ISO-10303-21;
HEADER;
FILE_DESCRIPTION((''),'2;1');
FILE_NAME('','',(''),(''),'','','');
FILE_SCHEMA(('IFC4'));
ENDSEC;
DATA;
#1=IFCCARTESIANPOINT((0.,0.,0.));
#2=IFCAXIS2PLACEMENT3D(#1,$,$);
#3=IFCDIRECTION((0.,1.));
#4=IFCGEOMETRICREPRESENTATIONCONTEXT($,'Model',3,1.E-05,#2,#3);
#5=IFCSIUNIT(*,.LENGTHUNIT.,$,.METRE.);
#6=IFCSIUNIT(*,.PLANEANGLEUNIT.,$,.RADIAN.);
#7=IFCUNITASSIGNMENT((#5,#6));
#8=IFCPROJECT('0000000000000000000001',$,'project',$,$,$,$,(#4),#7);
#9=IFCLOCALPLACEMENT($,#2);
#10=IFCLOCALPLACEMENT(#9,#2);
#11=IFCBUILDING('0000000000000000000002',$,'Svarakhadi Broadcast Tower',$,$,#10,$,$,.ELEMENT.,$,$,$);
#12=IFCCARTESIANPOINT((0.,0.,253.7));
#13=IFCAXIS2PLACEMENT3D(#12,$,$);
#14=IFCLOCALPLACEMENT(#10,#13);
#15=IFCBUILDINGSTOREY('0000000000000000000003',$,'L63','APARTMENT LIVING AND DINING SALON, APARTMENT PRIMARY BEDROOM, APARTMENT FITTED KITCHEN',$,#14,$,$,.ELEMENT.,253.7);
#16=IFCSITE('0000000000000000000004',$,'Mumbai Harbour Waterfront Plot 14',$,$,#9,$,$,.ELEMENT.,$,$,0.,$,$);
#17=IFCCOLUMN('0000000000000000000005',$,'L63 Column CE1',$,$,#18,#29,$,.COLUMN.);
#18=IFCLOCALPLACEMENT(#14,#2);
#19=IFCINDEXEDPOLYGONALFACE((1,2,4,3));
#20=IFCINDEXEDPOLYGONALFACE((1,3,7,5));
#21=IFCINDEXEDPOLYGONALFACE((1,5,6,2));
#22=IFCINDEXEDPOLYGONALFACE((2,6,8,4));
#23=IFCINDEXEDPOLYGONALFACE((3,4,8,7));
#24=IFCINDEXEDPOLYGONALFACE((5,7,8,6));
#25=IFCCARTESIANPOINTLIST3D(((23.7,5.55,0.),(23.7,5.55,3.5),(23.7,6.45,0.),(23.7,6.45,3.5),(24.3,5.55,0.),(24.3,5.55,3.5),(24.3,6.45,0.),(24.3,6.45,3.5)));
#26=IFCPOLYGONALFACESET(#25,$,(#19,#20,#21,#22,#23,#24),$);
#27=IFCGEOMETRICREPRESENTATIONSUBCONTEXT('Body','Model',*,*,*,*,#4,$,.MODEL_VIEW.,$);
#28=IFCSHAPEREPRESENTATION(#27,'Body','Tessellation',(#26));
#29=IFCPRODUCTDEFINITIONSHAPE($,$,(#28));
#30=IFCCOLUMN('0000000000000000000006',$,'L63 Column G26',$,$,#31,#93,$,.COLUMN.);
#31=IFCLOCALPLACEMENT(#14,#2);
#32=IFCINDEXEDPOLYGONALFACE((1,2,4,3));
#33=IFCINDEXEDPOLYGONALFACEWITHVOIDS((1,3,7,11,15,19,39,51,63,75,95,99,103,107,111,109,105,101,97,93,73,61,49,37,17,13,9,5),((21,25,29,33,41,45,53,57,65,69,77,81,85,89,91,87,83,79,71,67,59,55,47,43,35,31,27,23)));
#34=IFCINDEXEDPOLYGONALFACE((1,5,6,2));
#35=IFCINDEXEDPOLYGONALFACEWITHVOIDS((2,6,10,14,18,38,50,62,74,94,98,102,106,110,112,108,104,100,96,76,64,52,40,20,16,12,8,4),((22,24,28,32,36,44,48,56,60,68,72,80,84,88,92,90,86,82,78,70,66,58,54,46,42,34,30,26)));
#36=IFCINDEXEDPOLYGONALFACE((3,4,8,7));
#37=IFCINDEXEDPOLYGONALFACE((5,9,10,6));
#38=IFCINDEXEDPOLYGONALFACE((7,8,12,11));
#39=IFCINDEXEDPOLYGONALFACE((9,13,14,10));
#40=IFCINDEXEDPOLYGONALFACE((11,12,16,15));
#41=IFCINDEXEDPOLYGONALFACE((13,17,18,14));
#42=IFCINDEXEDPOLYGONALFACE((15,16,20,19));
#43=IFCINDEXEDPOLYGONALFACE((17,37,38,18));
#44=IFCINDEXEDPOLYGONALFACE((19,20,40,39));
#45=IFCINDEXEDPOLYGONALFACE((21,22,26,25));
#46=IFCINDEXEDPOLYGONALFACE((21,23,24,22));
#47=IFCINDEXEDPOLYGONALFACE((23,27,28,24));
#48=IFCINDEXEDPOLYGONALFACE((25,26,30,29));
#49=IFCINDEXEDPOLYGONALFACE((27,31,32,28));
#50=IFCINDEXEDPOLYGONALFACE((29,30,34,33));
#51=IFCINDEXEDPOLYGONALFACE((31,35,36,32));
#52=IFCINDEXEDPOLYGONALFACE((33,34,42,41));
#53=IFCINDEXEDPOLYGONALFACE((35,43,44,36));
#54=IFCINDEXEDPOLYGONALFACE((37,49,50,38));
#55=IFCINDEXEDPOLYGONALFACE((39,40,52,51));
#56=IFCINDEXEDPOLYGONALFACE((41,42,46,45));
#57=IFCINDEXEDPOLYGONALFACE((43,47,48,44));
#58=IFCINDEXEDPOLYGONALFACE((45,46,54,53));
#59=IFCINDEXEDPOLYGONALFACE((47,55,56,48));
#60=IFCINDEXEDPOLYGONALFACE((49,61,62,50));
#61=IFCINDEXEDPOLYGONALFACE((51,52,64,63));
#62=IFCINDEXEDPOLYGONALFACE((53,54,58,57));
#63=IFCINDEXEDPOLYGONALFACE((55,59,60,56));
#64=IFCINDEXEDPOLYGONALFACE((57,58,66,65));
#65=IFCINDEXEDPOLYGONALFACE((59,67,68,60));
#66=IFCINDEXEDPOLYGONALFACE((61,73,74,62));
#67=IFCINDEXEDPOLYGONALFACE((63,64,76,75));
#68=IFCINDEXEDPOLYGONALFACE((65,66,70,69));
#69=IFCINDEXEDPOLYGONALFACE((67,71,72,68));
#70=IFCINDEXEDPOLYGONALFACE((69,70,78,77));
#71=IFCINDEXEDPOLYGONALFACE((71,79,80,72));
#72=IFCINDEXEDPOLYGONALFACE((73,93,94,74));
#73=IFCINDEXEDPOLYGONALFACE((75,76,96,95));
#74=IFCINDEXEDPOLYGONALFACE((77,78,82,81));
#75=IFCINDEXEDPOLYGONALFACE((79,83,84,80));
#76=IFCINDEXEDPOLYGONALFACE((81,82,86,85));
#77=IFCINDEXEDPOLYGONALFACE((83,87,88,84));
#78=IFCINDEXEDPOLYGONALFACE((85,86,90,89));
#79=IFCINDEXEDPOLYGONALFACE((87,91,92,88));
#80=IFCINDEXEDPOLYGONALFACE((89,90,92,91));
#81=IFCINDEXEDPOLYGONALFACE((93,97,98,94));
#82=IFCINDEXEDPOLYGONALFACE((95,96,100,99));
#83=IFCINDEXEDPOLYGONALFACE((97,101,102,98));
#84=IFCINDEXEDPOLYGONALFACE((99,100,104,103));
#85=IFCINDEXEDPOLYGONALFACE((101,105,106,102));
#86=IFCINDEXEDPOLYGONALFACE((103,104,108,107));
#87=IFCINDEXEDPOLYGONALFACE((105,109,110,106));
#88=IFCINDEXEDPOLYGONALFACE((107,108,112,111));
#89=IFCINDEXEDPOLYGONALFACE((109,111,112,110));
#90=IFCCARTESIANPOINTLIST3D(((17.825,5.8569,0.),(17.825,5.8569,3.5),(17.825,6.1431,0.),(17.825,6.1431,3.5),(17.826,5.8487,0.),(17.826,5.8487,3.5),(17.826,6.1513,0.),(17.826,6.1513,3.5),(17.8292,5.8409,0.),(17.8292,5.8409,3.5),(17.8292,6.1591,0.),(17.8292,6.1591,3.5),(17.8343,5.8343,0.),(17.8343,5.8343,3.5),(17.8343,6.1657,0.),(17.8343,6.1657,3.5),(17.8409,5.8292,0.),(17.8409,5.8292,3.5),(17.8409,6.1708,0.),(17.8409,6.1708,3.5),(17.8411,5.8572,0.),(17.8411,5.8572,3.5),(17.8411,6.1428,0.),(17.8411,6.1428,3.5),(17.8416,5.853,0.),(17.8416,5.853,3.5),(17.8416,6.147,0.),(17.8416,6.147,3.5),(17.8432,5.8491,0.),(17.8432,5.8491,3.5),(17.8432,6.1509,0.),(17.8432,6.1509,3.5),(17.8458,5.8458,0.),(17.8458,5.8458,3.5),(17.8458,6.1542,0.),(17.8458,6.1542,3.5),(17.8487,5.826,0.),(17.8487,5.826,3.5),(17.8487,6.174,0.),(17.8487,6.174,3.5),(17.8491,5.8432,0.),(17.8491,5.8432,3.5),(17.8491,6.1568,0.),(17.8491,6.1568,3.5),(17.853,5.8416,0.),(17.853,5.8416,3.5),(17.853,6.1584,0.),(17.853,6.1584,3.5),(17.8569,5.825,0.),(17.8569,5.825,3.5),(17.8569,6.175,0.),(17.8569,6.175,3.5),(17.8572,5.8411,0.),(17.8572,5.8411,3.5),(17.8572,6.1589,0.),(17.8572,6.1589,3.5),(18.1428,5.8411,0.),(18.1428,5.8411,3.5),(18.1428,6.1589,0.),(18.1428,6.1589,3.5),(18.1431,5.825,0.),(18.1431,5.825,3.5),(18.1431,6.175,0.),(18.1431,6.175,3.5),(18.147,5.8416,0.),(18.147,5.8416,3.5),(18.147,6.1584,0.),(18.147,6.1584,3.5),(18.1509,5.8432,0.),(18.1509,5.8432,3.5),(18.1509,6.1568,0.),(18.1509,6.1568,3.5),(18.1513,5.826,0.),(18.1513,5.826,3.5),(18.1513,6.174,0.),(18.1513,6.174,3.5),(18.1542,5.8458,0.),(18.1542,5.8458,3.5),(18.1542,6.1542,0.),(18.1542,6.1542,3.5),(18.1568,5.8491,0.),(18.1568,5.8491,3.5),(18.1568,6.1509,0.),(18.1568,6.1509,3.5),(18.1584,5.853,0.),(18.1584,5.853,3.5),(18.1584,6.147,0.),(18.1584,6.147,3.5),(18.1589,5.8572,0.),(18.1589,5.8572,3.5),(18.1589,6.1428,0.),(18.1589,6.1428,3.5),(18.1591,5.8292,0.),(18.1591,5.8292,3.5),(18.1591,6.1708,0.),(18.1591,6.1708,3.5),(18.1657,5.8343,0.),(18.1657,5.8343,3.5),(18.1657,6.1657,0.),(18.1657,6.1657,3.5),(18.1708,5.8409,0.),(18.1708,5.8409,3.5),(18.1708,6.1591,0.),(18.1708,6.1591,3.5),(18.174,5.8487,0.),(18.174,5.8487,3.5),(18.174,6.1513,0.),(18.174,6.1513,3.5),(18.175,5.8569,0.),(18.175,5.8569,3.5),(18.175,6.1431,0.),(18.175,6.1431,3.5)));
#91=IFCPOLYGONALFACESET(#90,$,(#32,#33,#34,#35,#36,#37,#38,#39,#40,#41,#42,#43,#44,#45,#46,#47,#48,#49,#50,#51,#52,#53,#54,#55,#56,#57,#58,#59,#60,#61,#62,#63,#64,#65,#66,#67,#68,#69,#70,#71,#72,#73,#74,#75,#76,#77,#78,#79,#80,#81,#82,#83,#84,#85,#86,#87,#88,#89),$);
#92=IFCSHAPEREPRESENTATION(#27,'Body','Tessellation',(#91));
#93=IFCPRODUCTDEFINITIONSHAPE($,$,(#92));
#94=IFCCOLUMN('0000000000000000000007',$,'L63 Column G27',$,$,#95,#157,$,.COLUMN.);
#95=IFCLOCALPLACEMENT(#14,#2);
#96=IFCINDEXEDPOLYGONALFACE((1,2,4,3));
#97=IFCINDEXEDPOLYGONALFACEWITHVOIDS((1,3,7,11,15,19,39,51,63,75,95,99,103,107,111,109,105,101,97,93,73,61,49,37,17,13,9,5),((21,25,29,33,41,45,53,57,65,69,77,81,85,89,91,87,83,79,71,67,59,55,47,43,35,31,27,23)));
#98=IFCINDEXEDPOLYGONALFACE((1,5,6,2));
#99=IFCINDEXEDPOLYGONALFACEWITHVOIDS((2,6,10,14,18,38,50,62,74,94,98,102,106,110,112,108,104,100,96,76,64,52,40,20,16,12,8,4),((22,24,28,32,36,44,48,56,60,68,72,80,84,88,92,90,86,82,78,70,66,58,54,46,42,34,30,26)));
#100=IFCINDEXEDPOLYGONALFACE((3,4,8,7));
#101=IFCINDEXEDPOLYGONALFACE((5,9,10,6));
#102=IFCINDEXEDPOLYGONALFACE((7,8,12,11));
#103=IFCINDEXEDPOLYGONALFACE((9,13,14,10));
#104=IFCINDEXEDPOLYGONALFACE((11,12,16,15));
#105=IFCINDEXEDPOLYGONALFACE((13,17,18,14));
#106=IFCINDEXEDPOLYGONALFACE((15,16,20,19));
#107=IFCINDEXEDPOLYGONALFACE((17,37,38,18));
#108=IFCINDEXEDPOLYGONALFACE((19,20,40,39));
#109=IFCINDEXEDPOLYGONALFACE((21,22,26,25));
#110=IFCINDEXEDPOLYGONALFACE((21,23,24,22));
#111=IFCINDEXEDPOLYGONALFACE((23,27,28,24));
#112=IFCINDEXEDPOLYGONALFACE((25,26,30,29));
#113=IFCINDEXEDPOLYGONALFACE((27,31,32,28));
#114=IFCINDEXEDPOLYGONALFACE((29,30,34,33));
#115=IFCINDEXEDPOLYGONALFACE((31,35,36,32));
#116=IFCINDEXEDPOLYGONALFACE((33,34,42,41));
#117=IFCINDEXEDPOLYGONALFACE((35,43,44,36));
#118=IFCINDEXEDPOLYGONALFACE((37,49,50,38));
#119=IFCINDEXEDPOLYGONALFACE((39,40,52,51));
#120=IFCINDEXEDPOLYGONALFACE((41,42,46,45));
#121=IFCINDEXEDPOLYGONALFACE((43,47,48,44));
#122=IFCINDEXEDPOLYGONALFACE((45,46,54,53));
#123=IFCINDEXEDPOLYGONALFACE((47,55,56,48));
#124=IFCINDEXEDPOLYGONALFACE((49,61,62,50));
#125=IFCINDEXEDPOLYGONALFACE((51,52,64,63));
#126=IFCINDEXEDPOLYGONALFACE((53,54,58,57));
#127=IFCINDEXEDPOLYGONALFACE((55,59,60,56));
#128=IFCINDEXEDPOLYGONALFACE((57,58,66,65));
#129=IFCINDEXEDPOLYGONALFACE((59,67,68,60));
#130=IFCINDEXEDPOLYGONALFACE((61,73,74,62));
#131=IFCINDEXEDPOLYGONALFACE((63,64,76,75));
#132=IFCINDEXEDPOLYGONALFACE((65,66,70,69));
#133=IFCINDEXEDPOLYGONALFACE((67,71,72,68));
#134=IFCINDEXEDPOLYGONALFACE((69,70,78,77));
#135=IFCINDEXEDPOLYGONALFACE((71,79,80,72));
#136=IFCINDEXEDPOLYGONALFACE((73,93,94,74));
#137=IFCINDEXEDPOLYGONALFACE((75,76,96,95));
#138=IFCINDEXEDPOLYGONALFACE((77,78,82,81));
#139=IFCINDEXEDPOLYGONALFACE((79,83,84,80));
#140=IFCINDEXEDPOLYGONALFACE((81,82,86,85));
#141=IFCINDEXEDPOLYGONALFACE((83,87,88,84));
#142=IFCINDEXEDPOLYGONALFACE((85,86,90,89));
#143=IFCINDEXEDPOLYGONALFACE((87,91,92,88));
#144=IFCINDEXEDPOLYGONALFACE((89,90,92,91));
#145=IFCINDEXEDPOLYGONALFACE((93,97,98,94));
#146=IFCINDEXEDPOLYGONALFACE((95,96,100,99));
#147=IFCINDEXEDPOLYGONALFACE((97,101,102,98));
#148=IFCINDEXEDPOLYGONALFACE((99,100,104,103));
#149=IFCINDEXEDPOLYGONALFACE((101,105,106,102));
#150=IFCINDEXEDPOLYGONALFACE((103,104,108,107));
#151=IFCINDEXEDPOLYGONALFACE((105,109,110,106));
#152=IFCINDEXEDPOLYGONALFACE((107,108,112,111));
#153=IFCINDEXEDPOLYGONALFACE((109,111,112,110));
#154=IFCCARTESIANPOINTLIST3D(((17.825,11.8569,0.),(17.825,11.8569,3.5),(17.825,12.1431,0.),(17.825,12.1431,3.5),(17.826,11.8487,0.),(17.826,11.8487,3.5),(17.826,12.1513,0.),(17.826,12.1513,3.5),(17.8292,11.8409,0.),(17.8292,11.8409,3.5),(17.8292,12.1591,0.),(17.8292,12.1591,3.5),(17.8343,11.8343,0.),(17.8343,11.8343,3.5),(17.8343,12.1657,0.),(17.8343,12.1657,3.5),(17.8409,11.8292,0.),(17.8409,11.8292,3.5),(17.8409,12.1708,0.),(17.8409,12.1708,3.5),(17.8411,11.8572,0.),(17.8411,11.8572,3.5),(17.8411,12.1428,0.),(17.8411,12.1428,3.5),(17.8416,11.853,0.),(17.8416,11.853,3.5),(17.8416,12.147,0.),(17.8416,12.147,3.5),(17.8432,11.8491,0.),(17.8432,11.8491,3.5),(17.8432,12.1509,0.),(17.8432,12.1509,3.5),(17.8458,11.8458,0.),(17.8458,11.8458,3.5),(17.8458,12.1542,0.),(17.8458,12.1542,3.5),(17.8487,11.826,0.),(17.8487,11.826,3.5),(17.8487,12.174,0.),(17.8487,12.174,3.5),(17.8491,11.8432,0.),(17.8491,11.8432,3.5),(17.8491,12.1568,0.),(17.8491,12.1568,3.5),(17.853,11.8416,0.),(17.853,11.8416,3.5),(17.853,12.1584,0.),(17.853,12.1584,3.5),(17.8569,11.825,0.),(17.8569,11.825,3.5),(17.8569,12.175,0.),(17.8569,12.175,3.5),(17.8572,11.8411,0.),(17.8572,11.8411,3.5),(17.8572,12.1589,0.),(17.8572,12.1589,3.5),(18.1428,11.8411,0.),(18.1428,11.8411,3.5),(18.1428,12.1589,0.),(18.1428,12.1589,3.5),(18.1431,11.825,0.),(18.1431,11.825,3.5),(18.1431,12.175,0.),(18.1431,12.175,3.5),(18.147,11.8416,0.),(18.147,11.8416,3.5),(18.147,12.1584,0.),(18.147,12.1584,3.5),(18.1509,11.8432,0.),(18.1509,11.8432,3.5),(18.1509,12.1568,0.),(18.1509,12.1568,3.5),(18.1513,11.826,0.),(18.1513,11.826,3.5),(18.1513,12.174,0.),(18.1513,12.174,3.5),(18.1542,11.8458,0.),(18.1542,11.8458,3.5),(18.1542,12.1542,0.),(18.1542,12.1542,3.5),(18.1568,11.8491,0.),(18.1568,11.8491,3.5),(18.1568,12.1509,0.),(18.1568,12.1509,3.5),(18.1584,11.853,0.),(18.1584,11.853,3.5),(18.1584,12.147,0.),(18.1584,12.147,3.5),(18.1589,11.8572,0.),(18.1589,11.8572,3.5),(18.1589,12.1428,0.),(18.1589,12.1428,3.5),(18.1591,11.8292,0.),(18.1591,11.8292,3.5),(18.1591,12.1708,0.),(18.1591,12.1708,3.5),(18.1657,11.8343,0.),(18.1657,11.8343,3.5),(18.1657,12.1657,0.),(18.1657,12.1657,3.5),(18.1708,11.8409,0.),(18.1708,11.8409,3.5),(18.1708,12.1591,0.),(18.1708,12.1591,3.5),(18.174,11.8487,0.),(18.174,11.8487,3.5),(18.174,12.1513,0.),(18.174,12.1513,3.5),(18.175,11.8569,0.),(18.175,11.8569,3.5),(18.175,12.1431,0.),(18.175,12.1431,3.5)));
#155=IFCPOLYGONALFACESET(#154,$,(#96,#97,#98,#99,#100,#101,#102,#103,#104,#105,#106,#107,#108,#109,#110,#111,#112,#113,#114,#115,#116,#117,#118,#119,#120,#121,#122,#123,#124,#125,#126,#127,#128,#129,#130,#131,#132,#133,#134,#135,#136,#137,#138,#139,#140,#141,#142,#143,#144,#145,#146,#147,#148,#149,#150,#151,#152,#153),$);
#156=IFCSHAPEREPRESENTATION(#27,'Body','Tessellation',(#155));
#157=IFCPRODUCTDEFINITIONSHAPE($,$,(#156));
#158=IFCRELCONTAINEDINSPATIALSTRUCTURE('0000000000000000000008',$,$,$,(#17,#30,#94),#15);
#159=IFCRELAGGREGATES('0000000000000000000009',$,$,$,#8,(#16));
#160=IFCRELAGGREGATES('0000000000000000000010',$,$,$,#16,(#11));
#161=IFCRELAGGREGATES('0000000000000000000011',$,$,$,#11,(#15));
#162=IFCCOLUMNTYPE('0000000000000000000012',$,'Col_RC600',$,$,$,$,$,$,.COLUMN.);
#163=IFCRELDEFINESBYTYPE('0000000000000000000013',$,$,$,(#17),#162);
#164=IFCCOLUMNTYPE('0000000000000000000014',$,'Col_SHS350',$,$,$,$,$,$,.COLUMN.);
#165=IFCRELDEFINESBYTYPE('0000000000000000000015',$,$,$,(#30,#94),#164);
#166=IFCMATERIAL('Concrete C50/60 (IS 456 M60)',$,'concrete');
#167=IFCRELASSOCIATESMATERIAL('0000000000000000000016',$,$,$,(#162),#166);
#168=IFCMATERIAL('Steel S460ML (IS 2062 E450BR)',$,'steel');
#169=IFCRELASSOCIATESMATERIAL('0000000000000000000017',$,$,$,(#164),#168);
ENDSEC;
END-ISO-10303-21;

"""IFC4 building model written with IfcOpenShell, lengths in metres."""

from ifc_helpers import new_model, si_unit, direction, frame, origin, origin_2d, place, context, subcontext, project, spatial, rectangle, hollow_rectangle, extrude, material, material_profile, profile_set, type_object, element, save


model = new_model("IFC4")

# Units and contexts
model_context = context("Model", 3, precision=1e-05, world=origin(), true_north=direction((0.0, 1.0)))
body_context = subcontext(model_context, "Body", "Model", "MODEL_VIEW")
ifc_project = project(units=[si_unit("LENGTHUNIT", "METRE"), si_unit("PLANEANGLEUNIT", "RADIAN")], contexts=[model_context])

# Site, building, storey
site_placement = place(None, origin())
site = spatial("IfcSite", under=ifc_project, at=site_placement, Name="Mumbai Harbour Waterfront Plot 14", CompositionType="ELEMENT", RefElevation=0.0)
building_placement = place(site_placement, origin())
building = spatial("IfcBuilding", under=site, at=building_placement, Name="Svarakhadi Broadcast Tower", CompositionType="ELEMENT")
storey_placement = place(building_placement, frame((0.0, 0.0, 253.7)))
storey = spatial("IfcBuildingStorey", under=building, at=storey_placement, Name="L63", Description="APARTMENT LIVING AND DINING SALON, APARTMENT PRIMARY BEDROOM, APARTMENT FITTED KITCHEN", CompositionType="ELEMENT", Elevation=253.7)

# Columns
ifc_material_1 = material(Name="Concrete C50/60 (IS 456 M60)", Category="concrete")
ifc_material_profile_1 = material_profile(ifc_material_1, rectangle(XDim=0.6001, YDim=0.8999, at=origin_2d()), Name="RC 600x900")
ifc_profile_set_1 = profile_set([ifc_material_profile_1], Name="Concrete C50/60 (IS 456 M60)")
column_type_1 = type_object("IfcColumnType", Name="Col_RC600", PredefinedType="COLUMN", material=ifc_profile_set_1)
column_placement = place(storey_placement, frame((24.0, 6.0, 0.0), z_axis=(0.0, 0.0, 1.0), x_axis=(1.0, 0.0, 0.0)))
element("IfcColumn", 1, at=column_placement, inside=storey, type_object=column_type_1, Name="L63 Column CE1", PredefinedType="COLUMN", context=body_context, shape_type="SweptSolid", body=[
    extrude(rectangle(XDim=0.6001, YDim=0.8999, at=origin_2d()), origin(), (0.0, 0.0, 1.0), 3.5),
])
ifc_material_2 = material(Name="Steel S460ML (IS 2062 E450BR)", Category="steel")
ifc_material_profile_2 = material_profile(ifc_material_2, hollow_rectangle(XDim=0.3501, YDim=0.3501, WallThickness=0.0161, InnerFilletRadius=0.0161, OuterFilletRadius=0.032, at=origin_2d()), Name="SHS 350x350x16")
ifc_profile_set_2 = profile_set([ifc_material_profile_2], Name="Steel S460ML (IS 2062 E450BR)")
column_type_2 = type_object("IfcColumnType", Name="Col_SHS350", PredefinedType="COLUMN", material=ifc_profile_set_2)
for number, where, z_axis, x_axis, name in (
    (2, (18.0, 6.0, 0.0), (0.0, 0.0, 1.0), (1.0, 0.0, 0.0), "L63 Column G26"),
    (3, (18.0, 12.0, 0.0), (0.0, 0.0, 1.0), (1.0, 0.0, 0.0), "L63 Column G27"),
):
    element("IfcColumn", number, at=place(storey_placement, frame(where, z_axis=z_axis, x_axis=x_axis)), inside=storey, type_object=column_type_2, Name=name, PredefinedType="COLUMN", context=body_context, shape_type="SweptSolid", body=[
        extrude(hollow_rectangle(XDim=0.3501, YDim=0.3501, WallThickness=0.0161, InnerFilletRadius=0.0161, OuterFilletRadius=0.032, at=origin_2d()), origin(), (0.0, 0.0, 1.0), 3.5),
    ])

save(model, "model.ifc")
